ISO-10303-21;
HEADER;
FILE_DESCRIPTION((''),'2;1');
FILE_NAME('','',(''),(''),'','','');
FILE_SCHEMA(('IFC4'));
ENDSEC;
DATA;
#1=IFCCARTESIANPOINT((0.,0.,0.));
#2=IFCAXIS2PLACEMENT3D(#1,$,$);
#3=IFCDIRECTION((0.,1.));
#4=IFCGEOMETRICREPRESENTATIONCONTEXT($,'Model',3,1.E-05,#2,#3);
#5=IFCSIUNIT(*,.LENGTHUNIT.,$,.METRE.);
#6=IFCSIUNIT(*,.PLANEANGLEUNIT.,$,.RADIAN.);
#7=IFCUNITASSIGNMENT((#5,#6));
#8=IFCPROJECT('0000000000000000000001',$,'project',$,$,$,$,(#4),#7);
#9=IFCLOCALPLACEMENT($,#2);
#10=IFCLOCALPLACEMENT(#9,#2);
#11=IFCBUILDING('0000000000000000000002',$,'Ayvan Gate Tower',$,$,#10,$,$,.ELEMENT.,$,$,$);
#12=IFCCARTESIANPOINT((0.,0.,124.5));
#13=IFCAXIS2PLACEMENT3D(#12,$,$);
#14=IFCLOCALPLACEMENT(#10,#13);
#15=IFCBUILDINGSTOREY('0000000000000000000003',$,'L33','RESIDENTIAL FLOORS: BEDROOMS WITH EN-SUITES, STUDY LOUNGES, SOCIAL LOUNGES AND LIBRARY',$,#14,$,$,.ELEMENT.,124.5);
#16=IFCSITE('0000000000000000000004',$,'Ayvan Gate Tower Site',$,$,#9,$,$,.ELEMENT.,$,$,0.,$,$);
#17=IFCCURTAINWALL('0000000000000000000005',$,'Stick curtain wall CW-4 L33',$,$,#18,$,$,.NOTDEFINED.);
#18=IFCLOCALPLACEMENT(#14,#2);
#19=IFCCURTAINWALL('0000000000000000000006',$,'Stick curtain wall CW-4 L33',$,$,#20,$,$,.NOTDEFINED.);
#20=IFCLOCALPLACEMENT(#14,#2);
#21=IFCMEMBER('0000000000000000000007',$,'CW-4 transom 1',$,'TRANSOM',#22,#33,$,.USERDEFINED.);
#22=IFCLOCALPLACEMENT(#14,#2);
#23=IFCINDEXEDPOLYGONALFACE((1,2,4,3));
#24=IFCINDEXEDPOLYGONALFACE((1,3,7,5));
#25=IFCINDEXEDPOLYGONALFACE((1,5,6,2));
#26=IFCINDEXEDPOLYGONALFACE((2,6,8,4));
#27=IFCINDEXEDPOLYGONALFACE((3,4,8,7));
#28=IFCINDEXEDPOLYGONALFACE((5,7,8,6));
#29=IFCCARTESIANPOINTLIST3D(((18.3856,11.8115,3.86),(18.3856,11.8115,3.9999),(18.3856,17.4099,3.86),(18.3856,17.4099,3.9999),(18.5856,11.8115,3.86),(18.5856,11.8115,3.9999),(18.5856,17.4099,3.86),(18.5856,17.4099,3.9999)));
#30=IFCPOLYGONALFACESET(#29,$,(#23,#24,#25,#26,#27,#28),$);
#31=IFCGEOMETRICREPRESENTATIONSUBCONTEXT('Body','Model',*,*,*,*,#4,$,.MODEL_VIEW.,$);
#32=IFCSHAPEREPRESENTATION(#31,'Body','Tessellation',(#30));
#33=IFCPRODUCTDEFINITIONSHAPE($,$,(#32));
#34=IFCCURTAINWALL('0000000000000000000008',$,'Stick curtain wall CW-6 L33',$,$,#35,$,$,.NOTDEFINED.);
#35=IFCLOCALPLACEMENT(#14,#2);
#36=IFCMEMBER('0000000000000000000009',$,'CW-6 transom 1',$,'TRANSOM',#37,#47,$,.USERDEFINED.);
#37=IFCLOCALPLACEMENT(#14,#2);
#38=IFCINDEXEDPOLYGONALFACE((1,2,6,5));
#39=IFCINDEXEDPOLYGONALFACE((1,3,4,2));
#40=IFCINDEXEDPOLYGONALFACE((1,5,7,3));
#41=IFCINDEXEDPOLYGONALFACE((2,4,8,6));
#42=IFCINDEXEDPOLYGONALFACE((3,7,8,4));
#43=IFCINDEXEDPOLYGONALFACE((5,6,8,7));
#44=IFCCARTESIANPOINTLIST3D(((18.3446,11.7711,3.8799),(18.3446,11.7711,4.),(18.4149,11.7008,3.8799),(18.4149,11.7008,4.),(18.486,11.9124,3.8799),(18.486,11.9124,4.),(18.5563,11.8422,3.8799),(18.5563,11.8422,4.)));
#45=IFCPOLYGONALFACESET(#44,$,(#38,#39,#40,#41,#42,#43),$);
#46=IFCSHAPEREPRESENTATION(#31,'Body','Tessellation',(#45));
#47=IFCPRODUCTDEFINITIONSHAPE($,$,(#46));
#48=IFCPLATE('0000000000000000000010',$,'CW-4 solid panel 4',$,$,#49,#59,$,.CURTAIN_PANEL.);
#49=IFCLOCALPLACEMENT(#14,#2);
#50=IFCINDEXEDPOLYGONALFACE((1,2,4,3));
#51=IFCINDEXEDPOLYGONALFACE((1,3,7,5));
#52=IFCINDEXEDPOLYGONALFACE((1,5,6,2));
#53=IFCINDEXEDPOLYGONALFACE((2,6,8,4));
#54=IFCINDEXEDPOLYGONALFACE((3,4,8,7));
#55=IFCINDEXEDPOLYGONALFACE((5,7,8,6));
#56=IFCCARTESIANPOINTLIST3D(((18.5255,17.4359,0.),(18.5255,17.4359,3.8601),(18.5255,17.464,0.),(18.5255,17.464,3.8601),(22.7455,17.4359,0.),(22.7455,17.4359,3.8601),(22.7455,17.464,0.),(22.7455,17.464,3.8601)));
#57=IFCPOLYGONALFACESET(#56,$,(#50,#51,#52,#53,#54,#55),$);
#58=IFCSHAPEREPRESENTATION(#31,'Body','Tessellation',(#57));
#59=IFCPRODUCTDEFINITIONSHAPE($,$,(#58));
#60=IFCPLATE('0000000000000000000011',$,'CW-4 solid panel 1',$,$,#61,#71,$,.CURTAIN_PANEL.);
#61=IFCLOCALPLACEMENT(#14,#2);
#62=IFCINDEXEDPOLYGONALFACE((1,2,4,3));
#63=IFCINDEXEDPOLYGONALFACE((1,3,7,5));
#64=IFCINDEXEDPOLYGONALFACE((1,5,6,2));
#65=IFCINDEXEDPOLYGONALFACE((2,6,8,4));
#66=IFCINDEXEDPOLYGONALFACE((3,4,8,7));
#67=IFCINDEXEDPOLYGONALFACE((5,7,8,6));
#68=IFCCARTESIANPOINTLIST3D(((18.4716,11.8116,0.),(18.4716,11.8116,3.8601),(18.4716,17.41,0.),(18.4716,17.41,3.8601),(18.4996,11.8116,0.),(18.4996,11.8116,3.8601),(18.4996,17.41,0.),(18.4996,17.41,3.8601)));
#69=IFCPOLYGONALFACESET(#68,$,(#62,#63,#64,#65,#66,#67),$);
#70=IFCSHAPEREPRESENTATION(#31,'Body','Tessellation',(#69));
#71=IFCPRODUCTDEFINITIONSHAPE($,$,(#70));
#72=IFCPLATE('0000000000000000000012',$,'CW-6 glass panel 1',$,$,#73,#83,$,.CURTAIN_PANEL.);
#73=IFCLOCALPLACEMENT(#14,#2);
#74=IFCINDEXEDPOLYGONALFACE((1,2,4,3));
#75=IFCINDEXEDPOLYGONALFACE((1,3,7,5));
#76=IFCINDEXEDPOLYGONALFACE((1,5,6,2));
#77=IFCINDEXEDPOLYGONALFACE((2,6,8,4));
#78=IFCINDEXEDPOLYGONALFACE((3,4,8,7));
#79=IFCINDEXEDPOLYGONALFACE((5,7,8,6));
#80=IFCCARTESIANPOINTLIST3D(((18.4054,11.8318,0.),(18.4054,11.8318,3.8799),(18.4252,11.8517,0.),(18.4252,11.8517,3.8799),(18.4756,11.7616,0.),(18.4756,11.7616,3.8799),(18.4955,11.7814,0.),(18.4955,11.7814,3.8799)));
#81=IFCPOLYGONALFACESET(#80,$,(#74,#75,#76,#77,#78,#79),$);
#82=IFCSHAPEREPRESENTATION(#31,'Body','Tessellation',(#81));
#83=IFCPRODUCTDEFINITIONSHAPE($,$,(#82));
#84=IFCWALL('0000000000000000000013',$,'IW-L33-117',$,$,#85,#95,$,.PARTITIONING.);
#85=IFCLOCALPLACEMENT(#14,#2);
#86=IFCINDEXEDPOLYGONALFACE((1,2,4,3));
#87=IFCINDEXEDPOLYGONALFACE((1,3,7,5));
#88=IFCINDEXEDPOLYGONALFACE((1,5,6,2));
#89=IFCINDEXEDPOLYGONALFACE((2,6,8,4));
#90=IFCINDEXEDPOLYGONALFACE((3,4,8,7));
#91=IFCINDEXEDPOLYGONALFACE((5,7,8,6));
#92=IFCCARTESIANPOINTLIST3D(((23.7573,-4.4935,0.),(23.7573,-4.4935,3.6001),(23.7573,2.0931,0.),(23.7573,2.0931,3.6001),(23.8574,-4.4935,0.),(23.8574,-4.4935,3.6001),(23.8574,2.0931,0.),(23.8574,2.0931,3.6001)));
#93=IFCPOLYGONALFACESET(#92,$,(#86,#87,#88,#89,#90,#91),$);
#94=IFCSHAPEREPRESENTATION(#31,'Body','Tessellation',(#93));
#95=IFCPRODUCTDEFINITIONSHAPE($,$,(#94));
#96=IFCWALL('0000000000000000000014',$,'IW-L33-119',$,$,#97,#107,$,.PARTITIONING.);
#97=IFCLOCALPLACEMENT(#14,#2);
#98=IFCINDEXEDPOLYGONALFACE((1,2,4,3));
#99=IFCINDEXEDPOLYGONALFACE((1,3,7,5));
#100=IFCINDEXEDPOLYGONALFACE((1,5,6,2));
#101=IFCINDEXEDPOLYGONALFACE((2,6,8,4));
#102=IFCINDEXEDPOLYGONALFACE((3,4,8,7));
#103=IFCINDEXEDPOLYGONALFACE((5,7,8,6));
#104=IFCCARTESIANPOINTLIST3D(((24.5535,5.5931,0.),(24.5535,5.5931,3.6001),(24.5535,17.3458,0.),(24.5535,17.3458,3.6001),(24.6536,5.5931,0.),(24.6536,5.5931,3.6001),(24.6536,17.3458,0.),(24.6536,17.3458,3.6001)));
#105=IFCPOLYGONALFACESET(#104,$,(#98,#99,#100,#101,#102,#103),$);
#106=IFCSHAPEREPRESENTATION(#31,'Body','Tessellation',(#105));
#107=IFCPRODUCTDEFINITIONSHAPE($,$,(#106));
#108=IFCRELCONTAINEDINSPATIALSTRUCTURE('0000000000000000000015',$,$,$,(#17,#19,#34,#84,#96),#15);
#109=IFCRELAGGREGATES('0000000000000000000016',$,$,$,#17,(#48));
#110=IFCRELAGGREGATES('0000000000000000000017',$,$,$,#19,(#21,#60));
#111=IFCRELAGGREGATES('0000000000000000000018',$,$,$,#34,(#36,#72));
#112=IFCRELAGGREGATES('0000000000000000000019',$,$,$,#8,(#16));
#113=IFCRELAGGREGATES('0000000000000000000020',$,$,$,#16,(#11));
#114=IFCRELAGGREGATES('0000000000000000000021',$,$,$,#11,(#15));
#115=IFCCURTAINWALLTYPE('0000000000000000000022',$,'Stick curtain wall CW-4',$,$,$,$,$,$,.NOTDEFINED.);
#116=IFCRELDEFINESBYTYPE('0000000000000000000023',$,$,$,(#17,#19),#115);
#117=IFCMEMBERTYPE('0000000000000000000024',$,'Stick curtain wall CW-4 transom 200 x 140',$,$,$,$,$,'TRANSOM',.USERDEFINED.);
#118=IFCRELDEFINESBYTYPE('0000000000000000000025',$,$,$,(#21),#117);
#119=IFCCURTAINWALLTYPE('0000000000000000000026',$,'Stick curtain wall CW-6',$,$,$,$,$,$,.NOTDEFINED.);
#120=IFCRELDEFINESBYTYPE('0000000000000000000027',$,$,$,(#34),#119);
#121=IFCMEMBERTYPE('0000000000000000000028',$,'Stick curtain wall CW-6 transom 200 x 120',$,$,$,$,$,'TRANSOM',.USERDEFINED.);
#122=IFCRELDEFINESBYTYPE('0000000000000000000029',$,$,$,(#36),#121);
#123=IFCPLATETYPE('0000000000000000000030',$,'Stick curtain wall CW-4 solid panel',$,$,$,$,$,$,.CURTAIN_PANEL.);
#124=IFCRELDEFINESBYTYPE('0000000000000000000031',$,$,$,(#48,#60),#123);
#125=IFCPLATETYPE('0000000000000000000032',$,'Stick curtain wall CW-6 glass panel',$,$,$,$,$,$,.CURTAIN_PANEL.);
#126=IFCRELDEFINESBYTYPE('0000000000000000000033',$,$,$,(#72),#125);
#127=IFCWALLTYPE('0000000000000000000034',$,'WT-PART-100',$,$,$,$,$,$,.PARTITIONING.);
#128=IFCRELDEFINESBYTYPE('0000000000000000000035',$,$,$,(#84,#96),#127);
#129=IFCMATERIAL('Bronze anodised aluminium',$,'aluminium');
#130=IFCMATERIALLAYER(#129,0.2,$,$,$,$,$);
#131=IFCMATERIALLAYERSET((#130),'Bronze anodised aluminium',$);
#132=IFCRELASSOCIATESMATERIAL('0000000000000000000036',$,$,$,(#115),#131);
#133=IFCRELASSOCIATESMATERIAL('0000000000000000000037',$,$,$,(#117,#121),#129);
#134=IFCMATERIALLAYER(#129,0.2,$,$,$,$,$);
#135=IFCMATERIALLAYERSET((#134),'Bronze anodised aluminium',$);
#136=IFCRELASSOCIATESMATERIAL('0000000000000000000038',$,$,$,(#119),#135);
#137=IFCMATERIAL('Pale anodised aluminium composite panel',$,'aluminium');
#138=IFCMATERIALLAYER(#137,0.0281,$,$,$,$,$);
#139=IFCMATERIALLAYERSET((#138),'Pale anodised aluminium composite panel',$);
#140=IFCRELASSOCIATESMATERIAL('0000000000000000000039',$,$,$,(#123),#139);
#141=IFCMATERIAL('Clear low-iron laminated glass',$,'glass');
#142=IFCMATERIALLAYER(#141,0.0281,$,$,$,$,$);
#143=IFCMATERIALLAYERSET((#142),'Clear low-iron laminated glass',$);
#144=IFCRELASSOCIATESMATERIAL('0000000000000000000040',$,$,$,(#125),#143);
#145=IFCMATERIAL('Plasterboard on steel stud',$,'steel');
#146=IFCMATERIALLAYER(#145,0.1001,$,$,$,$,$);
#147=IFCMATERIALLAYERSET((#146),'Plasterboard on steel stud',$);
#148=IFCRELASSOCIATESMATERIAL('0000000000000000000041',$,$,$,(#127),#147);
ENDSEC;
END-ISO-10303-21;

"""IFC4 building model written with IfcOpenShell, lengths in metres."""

from ifc_helpers import new_model, si_unit, direction, frame, frame_2d, origin, origin_2d, place, context, subcontext, project, spatial, rectangle, extrude, material, layer, layer_set, material_profile, profile_set, type_object, element, aggregate, save


model = new_model("IFC4")

# Units and contexts
model_context = context("Model", 3, precision=1e-05, world=origin(), true_north=direction((0.0, 1.0)))
body_context = subcontext(model_context, "Body", "Model", "MODEL_VIEW")
ifc_project = project(units=[si_unit("LENGTHUNIT", "METRE"), si_unit("PLANEANGLEUNIT", "RADIAN")], contexts=[model_context])

# Site, building, storey
site_placement = place(None, origin())
site = spatial("IfcSite", under=ifc_project, at=site_placement, Name="Ayvan Gate Tower Site", CompositionType="ELEMENT", RefElevation=0.0)
building_placement = place(site_placement, origin())
building = spatial("IfcBuilding", under=site, at=building_placement, Name="Ayvan Gate Tower", CompositionType="ELEMENT")
storey_placement = place(building_placement, frame((0.0, 0.0, 124.5)))
storey = spatial("IfcBuildingStorey", under=building, at=storey_placement, Name="L33", Description="RESIDENTIAL FLOORS: BEDROOMS WITH EN-SUITES, STUDY LOUNGES, SOCIAL LOUNGES AND LIBRARY", CompositionType="ELEMENT", Elevation=124.5)

# Curtain walls, member
ifc_material_1 = material(Name="Bronze anodised aluminium", Category="aluminium")
ifc_layer_1 = layer(ifc_material_1, 0.2)
ifc_layer_set_1 = layer_set([ifc_layer_1], Name="Bronze anodised aluminium")
curtain_wall_type_1 = type_object("IfcCurtainWallType", Name="Stick curtain wall CW-4", PredefinedType="NOTDEFINED", material=ifc_layer_set_1)
curtain_wall_1_placement = place(storey_placement, origin())
curtain_wall_1 = element("IfcCurtainWall", 1, at=curtain_wall_1_placement, inside=storey, type_object=curtain_wall_type_1, Name="Stick curtain wall CW-4 L33", PredefinedType="NOTDEFINED")
curtain_wall_2_placement = place(storey_placement, origin())
curtain_wall_2 = element("IfcCurtainWall", 2, at=curtain_wall_2_placement, inside=storey, type_object=curtain_wall_type_1, Name="Stick curtain wall CW-4 L33", PredefinedType="NOTDEFINED")
ifc_material_profile_1 = material_profile(ifc_material_1, rectangle(XDim=0.2, YDim=0.1399, at=origin_2d()), Name="Stick curtain wall CW-4 transom 200 x 140")
ifc_profile_set_1 = profile_set([ifc_material_profile_1], Name="Bronze anodised aluminium")
member_type_1 = type_object("IfcMemberType", Name="Stick curtain wall CW-4 transom 200 x 140", ElementType="TRANSOM", PredefinedType="USERDEFINED", material=ifc_profile_set_1)
member_1_placement = place(storey_placement, frame((18.4856, 17.4099, 3.9299), z_axis=(0.0, -1.0, 0.0), x_axis=(1.0, 0.0, 0.0)))
member_1 = element("IfcMember", 3, at=member_1_placement, type_object=member_type_1, Name="CW-4 transom 1", ObjectType="TRANSOM", PredefinedType="USERDEFINED", context=body_context, shape_type="SweptSolid", body=[
    extrude(rectangle(XDim=0.2, YDim=0.1399, at=origin_2d()), origin(), (0.0, 0.0, 1.0), 5.5984),
])

# Curtain wall, member
ifc_layer_2 = layer(ifc_material_1, 0.2)
ifc_layer_set_2 = layer_set([ifc_layer_2], Name="Bronze anodised aluminium")
curtain_wall_type_2 = type_object("IfcCurtainWallType", Name="Stick curtain wall CW-6", PredefinedType="NOTDEFINED", material=ifc_layer_set_2)
curtain_wall_3_placement = place(storey_placement, origin())
curtain_wall_3 = element("IfcCurtainWall", 4, at=curtain_wall_3_placement, inside=storey, type_object=curtain_wall_type_2, Name="Stick curtain wall CW-6 L33", PredefinedType="NOTDEFINED")
ifc_material_profile_2 = material_profile(ifc_material_1, rectangle(XDim=0.2, YDim=0.1201, at=origin_2d()), Name="Stick curtain wall CW-6 transom 200 x 120")
ifc_profile_set_2 = profile_set([ifc_material_profile_2], Name="Bronze anodised aluminium")
member_type_2 = type_object("IfcMemberType", Name="Stick curtain wall CW-6 transom 200 x 120", ElementType="TRANSOM", PredefinedType="USERDEFINED", material=ifc_profile_set_2)
member_2_placement = place(storey_placement, frame((18.4856, 11.7715, 3.9399), z_axis=(-0.707107, 0.707107, 0.0), x_axis=(-0.707107, -0.707107, 0.0)))
member_2 = element("IfcMember", 5, at=member_2_placement, type_object=member_type_2, Name="CW-6 transom 1", ObjectType="TRANSOM", PredefinedType="USERDEFINED", context=body_context, shape_type="SweptSolid", body=[
    extrude(rectangle(XDim=0.2, YDim=0.1201, at=origin_2d()), origin(), (0.0, 0.0, 1.0), 0.0994),
])

# Plates
ifc_material_2 = material(Name="Pale anodised aluminium composite panel", Category="aluminium")
ifc_layer_3 = layer(ifc_material_2, 0.0281)
ifc_layer_set_3 = layer_set([ifc_layer_3], Name="Pale anodised aluminium composite panel")
plate_type_1 = type_object("IfcPlateType", Name="Stick curtain wall CW-4 solid panel", PredefinedType="CURTAIN_PANEL", material=ifc_layer_set_3)
plate_1_placement = place(storey_placement, frame((20.6355, 17.45, 0.0), z_axis=(0.0, 0.0, 1.0), x_axis=(-1.0, 0.0, 0.0)))
plate_1 = element("IfcPlate", 6, at=plate_1_placement, type_object=plate_type_1, Name="CW-4 solid panel 4", PredefinedType="CURTAIN_PANEL", context=body_context, shape_type="SweptSolid", body=[
    extrude(rectangle(XDim=4.22, YDim=0.0281, at=origin_2d()), origin(), (0.0, 0.0, 1.0), 3.8601),
])
aggregate(curtain_wall_1, [plate_1])
plate_2_placement = place(storey_placement, frame((18.4856, 14.6108, 0.0), z_axis=(0.0, 0.0, 1.0), x_axis=(0.0, -1.0, 0.0)))
plate_2 = element("IfcPlate", 7, at=plate_2_placement, type_object=plate_type_1, Name="CW-4 solid panel 1", PredefinedType="CURTAIN_PANEL", context=body_context, shape_type="SweptSolid", body=[
    extrude(rectangle(XDim=5.5984, YDim=0.0281, at=origin_2d()), origin(), (0.0, 0.0, 1.0), 3.8601),
])
aggregate(curtain_wall_2, [member_1, plate_2])
ifc_material_3 = material(Name="Clear low-iron laminated glass", Category="glass")
ifc_layer_4 = layer(ifc_material_3, 0.0281)
ifc_layer_set_4 = layer_set([ifc_layer_4], Name="Clear low-iron laminated glass")
plate_type_2 = type_object("IfcPlateType", Name="Stick curtain wall CW-6 glass panel", PredefinedType="CURTAIN_PANEL", material=ifc_layer_set_4)
plate_3_placement = place(storey_placement, frame((18.4504, 11.8066, 0.0), z_axis=(0.0, 0.0, 1.0), x_axis=(-0.707107, 0.707107, 0.0)))
plate_3 = element("IfcPlate", 8, at=plate_3_placement, type_object=plate_type_2, Name="CW-6 glass panel 1", PredefinedType="CURTAIN_PANEL", context=body_context, shape_type="SweptSolid", body=[
    extrude(rectangle(XDim=0.0994, YDim=0.0281, at=origin_2d()), origin(), (0.0, 0.0, 1.0), 3.8799),
])
aggregate(curtain_wall_3, [member_2, plate_3])

# Walls
ifc_material_4 = material(Name="Plasterboard on steel stud", Category="steel")
ifc_layer_5 = layer(ifc_material_4, 0.1001)
ifc_layer_set_5 = layer_set([ifc_layer_5], Name="Plasterboard on steel stud")
wall_type = type_object("IfcWallType", Name="WT-PART-100", PredefinedType="PARTITIONING", material=ifc_layer_set_5)
wall_1_placement = place(storey_placement, frame((23.8074, 2.0933, 0.0), z_axis=(0.0, 0.0, 1.0), x_axis=(0.0, -1.0, 0.0)))
element("IfcWall", 9, at=wall_1_placement, inside=storey, type_object=wall_type, Name="IW-L33-117", PredefinedType="PARTITIONING", context=body_context, shape_type="SweptSolid", body=[
    extrude(rectangle(XDim=6.5867, YDim=0.1001, at=frame_2d((3.2935, 0.0))), origin(), (0.0, 0.0, 1.0), 3.6001),
])
wall_2_placement = place(storey_placement, frame((24.6035, 17.3459, 0.0), z_axis=(0.0, 0.0, 1.0), x_axis=(0.0, -1.0, 0.0)))
element("IfcWall", 10, at=wall_2_placement, inside=storey, type_object=wall_type, Name="IW-L33-119", PredefinedType="PARTITIONING", context=body_context, shape_type="SweptSolid", body=[
    extrude(rectangle(XDim=11.7527, YDim=0.1001, at=frame_2d((5.8765, 0.0))), origin(), (0.0, 0.0, 1.0), 3.6001),
])

save(model, "model.ifc")
